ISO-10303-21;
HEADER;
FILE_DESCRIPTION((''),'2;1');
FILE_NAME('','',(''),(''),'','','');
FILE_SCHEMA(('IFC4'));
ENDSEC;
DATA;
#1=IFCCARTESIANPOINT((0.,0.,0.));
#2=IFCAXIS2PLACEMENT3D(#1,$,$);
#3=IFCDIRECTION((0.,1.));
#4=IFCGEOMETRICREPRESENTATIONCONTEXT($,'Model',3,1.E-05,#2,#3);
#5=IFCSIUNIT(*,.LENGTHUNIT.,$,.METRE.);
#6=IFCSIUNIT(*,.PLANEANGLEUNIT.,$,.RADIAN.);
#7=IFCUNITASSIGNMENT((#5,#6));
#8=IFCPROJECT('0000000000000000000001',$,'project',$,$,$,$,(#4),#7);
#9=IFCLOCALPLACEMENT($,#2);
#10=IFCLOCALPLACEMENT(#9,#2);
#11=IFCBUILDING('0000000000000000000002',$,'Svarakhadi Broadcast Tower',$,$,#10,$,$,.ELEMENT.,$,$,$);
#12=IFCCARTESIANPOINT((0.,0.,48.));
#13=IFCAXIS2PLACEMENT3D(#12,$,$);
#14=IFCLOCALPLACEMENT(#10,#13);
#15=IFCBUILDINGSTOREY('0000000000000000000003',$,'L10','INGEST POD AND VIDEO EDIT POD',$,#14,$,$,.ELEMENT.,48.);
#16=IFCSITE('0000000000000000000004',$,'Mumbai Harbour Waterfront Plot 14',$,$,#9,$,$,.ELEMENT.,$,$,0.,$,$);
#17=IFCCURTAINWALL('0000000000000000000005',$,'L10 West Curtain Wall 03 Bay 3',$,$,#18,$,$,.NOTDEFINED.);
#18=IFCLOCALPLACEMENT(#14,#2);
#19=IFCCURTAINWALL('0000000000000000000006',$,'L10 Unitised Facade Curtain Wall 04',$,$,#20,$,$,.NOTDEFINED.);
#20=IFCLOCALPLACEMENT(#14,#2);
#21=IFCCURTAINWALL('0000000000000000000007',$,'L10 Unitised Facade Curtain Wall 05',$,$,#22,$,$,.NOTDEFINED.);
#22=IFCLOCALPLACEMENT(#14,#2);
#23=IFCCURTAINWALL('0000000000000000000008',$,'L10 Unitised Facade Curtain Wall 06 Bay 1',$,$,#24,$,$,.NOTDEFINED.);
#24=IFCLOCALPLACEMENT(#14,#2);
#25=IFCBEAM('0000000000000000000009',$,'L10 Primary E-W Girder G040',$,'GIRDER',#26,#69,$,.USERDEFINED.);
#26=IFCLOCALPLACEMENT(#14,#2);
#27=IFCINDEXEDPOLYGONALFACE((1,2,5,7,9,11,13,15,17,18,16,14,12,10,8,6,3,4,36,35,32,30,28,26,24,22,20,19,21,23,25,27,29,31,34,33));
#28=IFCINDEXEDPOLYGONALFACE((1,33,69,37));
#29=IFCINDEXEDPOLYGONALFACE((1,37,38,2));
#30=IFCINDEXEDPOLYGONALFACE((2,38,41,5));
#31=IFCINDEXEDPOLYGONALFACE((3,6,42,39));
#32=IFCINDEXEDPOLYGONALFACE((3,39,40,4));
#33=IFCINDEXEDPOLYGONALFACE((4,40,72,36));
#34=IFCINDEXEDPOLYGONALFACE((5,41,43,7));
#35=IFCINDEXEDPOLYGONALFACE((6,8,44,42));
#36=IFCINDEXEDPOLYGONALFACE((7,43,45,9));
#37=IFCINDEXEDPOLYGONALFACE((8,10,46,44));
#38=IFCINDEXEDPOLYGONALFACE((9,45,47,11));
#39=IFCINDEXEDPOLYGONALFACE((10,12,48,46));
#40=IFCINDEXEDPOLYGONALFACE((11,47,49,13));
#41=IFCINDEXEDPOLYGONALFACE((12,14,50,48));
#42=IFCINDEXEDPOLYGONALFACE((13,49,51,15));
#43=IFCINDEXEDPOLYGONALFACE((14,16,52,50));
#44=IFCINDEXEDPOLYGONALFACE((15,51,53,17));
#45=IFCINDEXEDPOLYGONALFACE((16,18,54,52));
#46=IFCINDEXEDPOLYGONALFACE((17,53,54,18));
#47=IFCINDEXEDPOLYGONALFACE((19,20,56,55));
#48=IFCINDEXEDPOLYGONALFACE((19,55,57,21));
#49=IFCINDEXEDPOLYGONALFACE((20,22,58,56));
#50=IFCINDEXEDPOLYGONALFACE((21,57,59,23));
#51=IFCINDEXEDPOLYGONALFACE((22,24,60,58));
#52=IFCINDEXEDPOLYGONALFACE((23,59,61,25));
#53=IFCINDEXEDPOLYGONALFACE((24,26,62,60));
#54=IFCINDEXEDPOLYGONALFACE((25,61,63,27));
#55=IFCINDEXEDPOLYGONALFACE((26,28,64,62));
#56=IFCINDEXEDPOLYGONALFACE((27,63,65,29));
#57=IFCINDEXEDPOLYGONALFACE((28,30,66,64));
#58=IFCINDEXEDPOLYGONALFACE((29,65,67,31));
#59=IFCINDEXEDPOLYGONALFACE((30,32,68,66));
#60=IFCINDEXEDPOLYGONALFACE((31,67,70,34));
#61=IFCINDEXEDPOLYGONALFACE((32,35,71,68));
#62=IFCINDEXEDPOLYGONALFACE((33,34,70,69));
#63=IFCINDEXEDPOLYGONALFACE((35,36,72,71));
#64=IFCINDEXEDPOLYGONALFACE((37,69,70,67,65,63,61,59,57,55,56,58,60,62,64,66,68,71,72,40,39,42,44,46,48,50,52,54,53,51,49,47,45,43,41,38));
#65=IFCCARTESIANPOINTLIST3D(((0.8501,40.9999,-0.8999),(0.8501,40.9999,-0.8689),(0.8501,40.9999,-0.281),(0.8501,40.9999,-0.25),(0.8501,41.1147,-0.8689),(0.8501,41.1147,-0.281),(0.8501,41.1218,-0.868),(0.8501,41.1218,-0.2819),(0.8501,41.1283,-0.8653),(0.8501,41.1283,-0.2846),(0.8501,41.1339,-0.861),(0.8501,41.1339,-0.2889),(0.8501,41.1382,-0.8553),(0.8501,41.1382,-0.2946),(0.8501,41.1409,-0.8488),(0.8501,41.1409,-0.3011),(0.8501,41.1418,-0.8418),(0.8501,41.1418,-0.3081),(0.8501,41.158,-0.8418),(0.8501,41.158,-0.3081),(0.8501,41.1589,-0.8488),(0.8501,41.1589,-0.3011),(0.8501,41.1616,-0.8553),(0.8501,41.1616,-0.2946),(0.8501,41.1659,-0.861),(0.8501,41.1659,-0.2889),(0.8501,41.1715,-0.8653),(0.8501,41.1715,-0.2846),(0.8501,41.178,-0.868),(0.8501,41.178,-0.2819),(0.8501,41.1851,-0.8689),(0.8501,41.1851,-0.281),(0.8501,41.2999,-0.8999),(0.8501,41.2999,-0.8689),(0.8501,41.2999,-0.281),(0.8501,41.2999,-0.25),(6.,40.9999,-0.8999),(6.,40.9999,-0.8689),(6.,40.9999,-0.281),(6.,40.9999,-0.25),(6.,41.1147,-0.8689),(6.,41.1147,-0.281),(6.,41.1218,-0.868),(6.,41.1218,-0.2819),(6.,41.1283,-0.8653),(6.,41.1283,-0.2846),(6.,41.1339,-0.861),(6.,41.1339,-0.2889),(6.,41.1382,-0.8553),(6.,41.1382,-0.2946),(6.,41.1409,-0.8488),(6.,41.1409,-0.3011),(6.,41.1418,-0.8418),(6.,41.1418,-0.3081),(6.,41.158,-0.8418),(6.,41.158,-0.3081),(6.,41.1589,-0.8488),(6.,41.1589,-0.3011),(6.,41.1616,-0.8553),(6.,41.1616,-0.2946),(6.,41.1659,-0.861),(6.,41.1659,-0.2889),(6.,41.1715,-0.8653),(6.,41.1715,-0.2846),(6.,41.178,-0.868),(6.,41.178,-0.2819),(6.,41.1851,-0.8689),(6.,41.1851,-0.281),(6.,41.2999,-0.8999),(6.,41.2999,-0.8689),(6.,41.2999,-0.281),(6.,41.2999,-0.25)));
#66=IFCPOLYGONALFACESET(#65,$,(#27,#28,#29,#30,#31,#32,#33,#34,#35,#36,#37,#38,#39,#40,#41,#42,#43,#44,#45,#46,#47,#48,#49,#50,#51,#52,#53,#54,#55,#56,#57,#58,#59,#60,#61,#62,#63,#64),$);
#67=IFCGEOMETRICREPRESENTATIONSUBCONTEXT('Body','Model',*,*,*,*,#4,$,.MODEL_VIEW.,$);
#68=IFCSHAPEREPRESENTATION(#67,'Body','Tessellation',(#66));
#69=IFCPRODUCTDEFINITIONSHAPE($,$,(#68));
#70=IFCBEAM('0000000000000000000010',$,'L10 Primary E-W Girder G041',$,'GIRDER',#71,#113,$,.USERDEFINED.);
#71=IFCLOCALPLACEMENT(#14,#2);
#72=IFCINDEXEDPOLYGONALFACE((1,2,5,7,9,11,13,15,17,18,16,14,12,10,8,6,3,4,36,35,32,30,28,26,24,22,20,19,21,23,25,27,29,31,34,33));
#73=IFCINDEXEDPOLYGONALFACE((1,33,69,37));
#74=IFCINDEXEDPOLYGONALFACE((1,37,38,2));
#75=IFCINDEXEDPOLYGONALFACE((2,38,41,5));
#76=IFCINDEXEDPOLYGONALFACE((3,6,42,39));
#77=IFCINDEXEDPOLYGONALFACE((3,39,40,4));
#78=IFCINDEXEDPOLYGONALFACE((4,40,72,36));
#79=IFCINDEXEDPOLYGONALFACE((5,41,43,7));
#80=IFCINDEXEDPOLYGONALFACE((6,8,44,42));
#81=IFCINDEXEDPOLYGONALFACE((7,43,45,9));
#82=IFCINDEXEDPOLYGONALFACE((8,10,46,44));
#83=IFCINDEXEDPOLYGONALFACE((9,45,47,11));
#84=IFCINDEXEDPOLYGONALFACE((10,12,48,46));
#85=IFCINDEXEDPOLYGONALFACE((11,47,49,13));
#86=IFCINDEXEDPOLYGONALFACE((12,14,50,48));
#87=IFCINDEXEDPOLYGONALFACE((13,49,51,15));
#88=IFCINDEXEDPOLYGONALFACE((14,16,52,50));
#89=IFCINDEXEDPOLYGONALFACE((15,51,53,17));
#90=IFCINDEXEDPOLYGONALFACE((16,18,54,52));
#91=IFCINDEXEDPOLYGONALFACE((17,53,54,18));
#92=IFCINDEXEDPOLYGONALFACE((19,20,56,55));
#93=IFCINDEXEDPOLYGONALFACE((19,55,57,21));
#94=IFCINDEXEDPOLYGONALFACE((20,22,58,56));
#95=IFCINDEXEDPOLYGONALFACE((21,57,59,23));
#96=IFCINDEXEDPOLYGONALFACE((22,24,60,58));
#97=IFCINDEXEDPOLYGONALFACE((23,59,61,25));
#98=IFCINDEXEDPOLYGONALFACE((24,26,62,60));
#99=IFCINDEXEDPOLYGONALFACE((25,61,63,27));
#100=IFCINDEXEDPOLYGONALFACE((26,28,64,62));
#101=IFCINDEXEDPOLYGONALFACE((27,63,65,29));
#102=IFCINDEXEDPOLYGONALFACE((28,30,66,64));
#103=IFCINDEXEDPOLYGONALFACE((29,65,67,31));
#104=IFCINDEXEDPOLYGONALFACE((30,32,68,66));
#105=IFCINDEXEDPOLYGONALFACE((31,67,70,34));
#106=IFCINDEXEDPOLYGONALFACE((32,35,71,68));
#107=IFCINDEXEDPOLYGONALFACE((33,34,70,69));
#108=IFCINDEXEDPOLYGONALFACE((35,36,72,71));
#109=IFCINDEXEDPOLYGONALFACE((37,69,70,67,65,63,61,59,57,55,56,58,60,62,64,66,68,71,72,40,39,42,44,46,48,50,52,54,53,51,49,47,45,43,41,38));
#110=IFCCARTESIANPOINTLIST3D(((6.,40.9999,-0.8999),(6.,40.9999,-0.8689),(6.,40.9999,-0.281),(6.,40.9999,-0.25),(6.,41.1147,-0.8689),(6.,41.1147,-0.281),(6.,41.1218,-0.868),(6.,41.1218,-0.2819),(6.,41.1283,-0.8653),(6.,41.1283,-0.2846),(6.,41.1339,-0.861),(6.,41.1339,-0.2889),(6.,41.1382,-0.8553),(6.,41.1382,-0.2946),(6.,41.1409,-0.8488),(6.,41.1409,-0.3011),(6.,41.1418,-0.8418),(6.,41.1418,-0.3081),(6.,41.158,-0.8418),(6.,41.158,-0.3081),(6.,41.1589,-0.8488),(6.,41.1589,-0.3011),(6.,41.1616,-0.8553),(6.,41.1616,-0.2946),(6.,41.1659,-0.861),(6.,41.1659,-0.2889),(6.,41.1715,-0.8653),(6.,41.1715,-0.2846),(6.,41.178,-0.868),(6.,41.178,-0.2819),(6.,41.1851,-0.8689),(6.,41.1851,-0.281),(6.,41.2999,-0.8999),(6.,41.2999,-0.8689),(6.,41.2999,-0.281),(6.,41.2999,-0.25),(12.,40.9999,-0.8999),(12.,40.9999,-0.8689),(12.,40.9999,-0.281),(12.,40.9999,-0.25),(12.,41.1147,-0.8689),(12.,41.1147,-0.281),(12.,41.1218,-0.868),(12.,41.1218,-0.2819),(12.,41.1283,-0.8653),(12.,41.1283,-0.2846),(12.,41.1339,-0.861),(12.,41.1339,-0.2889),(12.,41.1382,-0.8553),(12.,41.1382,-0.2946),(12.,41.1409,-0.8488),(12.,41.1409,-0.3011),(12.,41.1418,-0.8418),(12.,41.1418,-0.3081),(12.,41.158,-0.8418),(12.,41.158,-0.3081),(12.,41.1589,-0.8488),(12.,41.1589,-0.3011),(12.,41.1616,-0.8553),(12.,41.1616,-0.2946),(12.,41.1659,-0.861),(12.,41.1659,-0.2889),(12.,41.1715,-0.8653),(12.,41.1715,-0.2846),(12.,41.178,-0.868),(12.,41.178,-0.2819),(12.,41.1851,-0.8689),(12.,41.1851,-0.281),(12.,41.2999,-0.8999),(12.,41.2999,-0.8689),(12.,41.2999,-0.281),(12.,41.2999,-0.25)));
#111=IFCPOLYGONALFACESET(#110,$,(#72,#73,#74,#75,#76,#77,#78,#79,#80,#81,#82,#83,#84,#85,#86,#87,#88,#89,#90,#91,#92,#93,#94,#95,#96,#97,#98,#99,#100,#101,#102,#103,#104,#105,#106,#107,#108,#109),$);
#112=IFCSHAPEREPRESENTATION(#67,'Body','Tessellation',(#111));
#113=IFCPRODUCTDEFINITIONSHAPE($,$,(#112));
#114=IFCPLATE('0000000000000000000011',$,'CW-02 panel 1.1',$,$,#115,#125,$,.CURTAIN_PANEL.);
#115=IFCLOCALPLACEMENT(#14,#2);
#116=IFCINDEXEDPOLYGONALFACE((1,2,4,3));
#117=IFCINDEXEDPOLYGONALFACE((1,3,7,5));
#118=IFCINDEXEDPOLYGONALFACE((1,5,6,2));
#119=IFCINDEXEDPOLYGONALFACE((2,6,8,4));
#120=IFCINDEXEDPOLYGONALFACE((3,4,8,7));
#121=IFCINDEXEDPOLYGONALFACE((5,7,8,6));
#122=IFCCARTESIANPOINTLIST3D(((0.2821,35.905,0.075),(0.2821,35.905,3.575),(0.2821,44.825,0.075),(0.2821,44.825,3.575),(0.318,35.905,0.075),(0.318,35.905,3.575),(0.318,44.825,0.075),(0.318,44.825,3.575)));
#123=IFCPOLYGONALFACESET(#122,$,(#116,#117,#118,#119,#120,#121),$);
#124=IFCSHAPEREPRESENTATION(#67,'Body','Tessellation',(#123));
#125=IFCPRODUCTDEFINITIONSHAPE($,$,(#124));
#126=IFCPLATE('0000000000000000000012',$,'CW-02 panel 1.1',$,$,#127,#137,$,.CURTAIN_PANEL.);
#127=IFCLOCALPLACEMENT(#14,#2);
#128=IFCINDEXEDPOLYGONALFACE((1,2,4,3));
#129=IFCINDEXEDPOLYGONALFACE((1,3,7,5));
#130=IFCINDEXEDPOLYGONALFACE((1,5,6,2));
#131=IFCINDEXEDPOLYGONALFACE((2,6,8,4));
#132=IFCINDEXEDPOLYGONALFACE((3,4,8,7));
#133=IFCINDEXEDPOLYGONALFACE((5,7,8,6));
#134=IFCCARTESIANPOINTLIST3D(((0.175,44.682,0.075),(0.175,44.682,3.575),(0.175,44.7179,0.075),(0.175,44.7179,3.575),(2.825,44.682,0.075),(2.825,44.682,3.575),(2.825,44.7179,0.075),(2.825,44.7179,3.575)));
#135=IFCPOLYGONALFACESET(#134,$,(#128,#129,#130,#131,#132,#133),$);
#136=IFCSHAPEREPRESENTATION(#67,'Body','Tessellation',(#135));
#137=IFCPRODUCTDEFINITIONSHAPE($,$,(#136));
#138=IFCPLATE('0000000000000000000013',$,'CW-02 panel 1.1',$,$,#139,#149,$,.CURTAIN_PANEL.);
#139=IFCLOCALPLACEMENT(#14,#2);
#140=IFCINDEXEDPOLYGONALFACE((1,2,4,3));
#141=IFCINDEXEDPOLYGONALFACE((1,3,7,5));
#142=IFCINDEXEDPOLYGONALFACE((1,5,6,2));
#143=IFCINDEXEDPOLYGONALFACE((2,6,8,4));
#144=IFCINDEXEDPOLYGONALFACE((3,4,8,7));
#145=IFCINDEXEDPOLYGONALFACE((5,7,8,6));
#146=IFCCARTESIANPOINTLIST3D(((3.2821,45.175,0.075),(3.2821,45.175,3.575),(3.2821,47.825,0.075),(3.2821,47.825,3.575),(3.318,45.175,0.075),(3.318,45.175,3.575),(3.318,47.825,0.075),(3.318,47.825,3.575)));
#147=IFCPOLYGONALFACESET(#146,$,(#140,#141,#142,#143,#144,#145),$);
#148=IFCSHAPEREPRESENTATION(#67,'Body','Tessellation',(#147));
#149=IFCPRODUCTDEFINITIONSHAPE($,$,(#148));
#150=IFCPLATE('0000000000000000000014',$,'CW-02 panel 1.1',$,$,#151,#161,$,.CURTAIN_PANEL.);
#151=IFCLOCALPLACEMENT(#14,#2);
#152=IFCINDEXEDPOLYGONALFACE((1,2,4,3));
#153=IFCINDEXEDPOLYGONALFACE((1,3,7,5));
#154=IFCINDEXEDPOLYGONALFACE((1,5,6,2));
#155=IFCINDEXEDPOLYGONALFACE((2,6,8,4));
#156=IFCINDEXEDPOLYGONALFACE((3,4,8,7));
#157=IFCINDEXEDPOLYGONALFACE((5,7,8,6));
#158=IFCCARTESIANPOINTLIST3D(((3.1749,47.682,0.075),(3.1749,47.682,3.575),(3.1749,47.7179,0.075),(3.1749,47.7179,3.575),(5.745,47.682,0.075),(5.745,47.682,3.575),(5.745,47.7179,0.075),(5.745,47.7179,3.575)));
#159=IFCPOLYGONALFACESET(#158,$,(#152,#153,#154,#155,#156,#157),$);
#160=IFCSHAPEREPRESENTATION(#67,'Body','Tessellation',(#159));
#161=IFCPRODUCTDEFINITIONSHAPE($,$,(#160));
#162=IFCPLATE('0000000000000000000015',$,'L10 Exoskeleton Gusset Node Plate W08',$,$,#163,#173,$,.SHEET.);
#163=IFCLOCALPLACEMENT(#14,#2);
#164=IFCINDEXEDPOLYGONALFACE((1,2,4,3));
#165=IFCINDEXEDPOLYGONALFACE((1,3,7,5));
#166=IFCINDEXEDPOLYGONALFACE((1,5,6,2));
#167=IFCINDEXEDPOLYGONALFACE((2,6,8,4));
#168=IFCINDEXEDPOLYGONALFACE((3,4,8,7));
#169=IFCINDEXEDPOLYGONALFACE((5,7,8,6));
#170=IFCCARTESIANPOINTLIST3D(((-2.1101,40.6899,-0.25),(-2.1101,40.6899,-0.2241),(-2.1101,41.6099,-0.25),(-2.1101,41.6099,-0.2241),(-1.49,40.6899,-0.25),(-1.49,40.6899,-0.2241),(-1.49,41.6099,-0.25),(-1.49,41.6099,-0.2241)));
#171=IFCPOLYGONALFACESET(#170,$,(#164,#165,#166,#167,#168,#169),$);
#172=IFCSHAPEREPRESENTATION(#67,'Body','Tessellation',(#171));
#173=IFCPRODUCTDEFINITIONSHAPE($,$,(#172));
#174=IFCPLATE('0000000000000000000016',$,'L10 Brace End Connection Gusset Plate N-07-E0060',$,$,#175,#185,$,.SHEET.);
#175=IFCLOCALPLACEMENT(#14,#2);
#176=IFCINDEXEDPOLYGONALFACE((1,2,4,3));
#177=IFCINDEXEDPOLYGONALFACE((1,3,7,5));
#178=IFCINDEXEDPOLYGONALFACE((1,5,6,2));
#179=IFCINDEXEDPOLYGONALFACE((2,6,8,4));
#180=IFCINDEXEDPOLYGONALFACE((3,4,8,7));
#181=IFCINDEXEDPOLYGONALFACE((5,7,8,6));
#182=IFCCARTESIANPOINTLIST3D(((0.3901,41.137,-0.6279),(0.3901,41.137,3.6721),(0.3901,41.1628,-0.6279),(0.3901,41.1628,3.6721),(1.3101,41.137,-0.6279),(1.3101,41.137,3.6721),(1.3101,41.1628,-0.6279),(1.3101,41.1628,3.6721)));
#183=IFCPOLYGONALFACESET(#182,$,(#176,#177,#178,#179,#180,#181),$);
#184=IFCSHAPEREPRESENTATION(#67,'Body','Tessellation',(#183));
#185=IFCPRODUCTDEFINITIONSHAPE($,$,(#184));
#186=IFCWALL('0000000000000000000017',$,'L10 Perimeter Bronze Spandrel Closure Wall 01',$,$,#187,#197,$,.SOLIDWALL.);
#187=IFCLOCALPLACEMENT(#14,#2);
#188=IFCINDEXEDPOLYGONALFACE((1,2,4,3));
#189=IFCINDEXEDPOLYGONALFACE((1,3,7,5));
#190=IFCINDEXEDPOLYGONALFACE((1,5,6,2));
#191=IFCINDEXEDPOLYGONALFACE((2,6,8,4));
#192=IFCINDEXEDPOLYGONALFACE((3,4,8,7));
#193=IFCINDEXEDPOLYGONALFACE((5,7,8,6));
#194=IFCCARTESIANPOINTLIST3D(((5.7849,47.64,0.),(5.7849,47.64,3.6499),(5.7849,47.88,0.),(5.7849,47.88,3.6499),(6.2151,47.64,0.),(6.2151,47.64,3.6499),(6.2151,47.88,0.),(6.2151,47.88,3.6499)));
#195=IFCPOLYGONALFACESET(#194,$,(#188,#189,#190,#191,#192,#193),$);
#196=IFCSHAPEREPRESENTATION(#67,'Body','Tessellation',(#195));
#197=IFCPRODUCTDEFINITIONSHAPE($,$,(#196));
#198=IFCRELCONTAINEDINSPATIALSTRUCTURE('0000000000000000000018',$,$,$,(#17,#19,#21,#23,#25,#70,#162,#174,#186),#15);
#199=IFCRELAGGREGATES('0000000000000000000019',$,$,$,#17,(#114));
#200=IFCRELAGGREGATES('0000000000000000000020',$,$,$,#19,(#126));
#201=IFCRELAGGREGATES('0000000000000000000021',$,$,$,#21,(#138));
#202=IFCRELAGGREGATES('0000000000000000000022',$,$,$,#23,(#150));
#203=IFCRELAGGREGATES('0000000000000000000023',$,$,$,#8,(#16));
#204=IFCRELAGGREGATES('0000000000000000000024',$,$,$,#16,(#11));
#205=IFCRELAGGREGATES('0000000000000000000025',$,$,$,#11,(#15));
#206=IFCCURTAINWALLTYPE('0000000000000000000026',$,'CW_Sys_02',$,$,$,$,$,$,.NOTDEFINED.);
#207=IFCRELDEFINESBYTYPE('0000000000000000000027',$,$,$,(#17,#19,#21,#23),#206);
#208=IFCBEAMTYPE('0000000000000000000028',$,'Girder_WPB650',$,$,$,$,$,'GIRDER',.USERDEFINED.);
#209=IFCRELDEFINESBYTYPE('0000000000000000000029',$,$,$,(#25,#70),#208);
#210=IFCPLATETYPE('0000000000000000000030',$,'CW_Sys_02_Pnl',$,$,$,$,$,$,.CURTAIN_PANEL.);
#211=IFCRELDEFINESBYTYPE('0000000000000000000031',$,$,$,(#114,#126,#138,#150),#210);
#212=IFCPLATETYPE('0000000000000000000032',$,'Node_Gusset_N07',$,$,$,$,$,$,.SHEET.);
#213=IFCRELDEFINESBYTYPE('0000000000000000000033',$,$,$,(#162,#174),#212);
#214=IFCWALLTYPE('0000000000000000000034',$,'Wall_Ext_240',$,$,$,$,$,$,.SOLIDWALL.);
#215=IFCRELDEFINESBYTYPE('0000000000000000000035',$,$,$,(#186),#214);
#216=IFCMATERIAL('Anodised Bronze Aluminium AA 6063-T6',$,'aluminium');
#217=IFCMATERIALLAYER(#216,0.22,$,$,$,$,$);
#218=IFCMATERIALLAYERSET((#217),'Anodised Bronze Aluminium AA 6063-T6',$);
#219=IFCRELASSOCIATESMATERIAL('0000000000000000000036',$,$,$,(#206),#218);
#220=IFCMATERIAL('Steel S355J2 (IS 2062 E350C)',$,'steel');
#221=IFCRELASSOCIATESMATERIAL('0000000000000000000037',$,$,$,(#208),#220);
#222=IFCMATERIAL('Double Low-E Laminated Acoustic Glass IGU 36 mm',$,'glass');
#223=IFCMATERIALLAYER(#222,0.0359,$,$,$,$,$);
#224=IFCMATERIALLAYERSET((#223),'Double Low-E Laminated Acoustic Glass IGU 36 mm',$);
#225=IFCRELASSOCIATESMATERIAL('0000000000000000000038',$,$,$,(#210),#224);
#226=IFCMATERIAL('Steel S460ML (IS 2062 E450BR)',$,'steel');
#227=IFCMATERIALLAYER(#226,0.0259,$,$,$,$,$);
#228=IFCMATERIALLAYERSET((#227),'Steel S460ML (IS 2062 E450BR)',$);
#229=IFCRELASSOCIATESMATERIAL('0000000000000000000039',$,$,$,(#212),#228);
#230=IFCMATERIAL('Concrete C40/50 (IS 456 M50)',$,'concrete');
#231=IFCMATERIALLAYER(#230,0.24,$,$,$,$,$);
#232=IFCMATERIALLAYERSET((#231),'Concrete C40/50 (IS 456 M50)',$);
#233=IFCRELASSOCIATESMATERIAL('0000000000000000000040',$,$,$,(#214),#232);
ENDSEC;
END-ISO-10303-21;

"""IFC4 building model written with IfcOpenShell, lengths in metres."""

from ifc_helpers import new_model, si_unit, direction, frame, frame_2d, origin, origin_2d, place, context, subcontext, project, spatial, rectangle, i_section, extrude, material, layer, layer_set, material_profile, profile_set, type_object, element, aggregate, save


model = new_model("IFC4")

# Units and contexts
model_context = context("Model", 3, precision=1e-05, world=origin(), true_north=direction((0.0, 1.0)))
body_context = subcontext(model_context, "Body", "Model", "MODEL_VIEW")
ifc_project = project(units=[si_unit("LENGTHUNIT", "METRE"), si_unit("PLANEANGLEUNIT", "RADIAN")], contexts=[model_context])

# Site, building, storey
site_placement = place(None, origin())
site = spatial("IfcSite", under=ifc_project, at=site_placement, Name="Mumbai Harbour Waterfront Plot 14", CompositionType="ELEMENT", RefElevation=0.0)
building_placement = place(site_placement, origin())
building = spatial("IfcBuilding", under=site, at=building_placement, Name="Svarakhadi Broadcast Tower", CompositionType="ELEMENT")
storey_placement = place(building_placement, frame((0.0, 0.0, 48.0)))
storey = spatial("IfcBuildingStorey", under=building, at=storey_placement, Name="L10", Description="INGEST POD AND VIDEO EDIT POD", CompositionType="ELEMENT", Elevation=48.0)

# Shared definitions
ifc_material_1 = material(Name="Steel S460ML (IS 2062 E450BR)", Category="steel")

# Shared definitions
ifc_material_2 = material(Name="Steel S355J2 (IS 2062 E350C)", Category="steel")

# Curtain walls
ifc_material_3 = material(Name="Anodised Bronze Aluminium AA 6063-T6", Category="aluminium")
ifc_layer_1 = layer(ifc_material_3, 0.22)
ifc_layer_set_1 = layer_set([ifc_layer_1], Name="Anodised Bronze Aluminium AA 6063-T6")
curtain_wall_type = type_object("IfcCurtainWallType", Name="CW_Sys_02", PredefinedType="NOTDEFINED", material=ifc_layer_set_1)
curtain_wall_1_placement = place(storey_placement, origin())
curtain_wall_1 = element("IfcCurtainWall", 1, at=curtain_wall_1_placement, inside=storey, type_object=curtain_wall_type, Name="L10 West Curtain Wall 03 Bay 3", PredefinedType="NOTDEFINED")
curtain_wall_2_placement = place(storey_placement, origin())
curtain_wall_2 = element("IfcCurtainWall", 2, at=curtain_wall_2_placement, inside=storey, type_object=curtain_wall_type, Name="L10 Unitised Facade Curtain Wall 04", PredefinedType="NOTDEFINED")
curtain_wall_3_placement = place(storey_placement, origin())
curtain_wall_3 = element("IfcCurtainWall", 3, at=curtain_wall_3_placement, inside=storey, type_object=curtain_wall_type, Name="L10 Unitised Facade Curtain Wall 05", PredefinedType="NOTDEFINED")
curtain_wall_4_placement = place(storey_placement, origin())
curtain_wall_4 = element("IfcCurtainWall", 4, at=curtain_wall_4_placement, inside=storey, type_object=curtain_wall_type, Name="L10 Unitised Facade Curtain Wall 06 Bay 1", PredefinedType="NOTDEFINED")

# Beams
ifc_material_profile_1 = material_profile(ifc_material_2, i_section(OverallWidth=0.3, OverallDepth=0.6499, WebThickness=0.0161, FlangeThickness=0.031, FilletRadius=0.0271, at=origin_2d()), Name="WPB 650x300x225")
ifc_profile_set_1 = profile_set([ifc_material_profile_1], Name="Steel S355J2 (IS 2062 E350C)")
beam_type_1 = type_object("IfcBeamType", Name="Girder_WPB650", ElementType="GIRDER", PredefinedType="USERDEFINED", material=ifc_profile_set_1)
beam_1_placement = place(storey_placement, frame((0.8501, 41.1499, -0.575), z_axis=(1.0, 0.0, 0.0), x_axis=(0.0, 1.0, 0.0)))
element("IfcBeam", 5, at=beam_1_placement, inside=storey, type_object=beam_type_1, Name="L10 Primary E-W Girder G040", ObjectType="GIRDER", PredefinedType="USERDEFINED", context=body_context, shape_type="SweptSolid", body=[
    extrude(i_section(OverallWidth=0.3, OverallDepth=0.6499, WebThickness=0.0161, FlangeThickness=0.031, FilletRadius=0.0271, at=origin_2d()), origin(), (0.0, 0.0, 1.0), 5.1499),
])
beam_2_placement = place(storey_placement, frame((6.0, 41.1499, -0.575), z_axis=(1.0, 0.0, 0.0), x_axis=(0.0, 1.0, 0.0)))
element("IfcBeam", 6, at=beam_2_placement, inside=storey, type_object=beam_type_1, Name="L10 Primary E-W Girder G041", ObjectType="GIRDER", PredefinedType="USERDEFINED", context=body_context, shape_type="SweptSolid", body=[
    extrude(i_section(OverallWidth=0.3, OverallDepth=0.6499, WebThickness=0.0161, FlangeThickness=0.031, FilletRadius=0.0271, at=origin_2d()), origin(), (0.0, 0.0, 1.0), 6.0),
])

# Plates
ifc_material_4 = material(Name="Double Low-E Laminated Acoustic Glass IGU 36 mm", Category="glass")
ifc_layer_2 = layer(ifc_material_4, 0.0359)
ifc_layer_set_2 = layer_set([ifc_layer_2], Name="Double Low-E Laminated Acoustic Glass IGU 36 mm")
plate_type_1 = type_object("IfcPlateType", Name="CW_Sys_02_Pnl", PredefinedType="CURTAIN_PANEL", material=ifc_layer_set_2)
plate_1_placement = place(storey_placement, frame((0.3, 40.365, 0.075), z_axis=(0.0, 0.0, 1.0), x_axis=(0.0, 1.0, 0.0)))
plate_1 = element("IfcPlate", 7, at=plate_1_placement, type_object=plate_type_1, Name="CW-02 panel 1.1", PredefinedType="CURTAIN_PANEL", context=body_context, shape_type="SweptSolid", body=[
    extrude(rectangle(XDim=8.9199, YDim=0.0359, at=origin_2d()), origin(), (0.0, 0.0, 1.0), 3.5),
])
aggregate(curtain_wall_1, [plate_1])
plate_2_placement = place(storey_placement, frame((1.5, 44.7, 0.075), z_axis=(0.0, 0.0, 1.0), x_axis=(1.0, 0.0, 0.0)))
plate_2 = element("IfcPlate", 8, at=plate_2_placement, type_object=plate_type_1, Name="CW-02 panel 1.1", PredefinedType="CURTAIN_PANEL", context=body_context, shape_type="SweptSolid", body=[
    extrude(rectangle(XDim=2.6499, YDim=0.0359, at=origin_2d()), origin(), (0.0, 0.0, 1.0), 3.5),
])
aggregate(curtain_wall_2, [plate_2])
plate_3_placement = place(storey_placement, frame((3.3, 46.5, 0.075), z_axis=(0.0, 0.0, 1.0), x_axis=(0.0, 1.0, 0.0)))
plate_3 = element("IfcPlate", 9, at=plate_3_placement, type_object=plate_type_1, Name="CW-02 panel 1.1", PredefinedType="CURTAIN_PANEL", context=body_context, shape_type="SweptSolid", body=[
    extrude(rectangle(XDim=2.6499, YDim=0.0359, at=origin_2d()), origin(), (0.0, 0.0, 1.0), 3.5),
])
aggregate(curtain_wall_3, [plate_3])
plate_4_placement = place(storey_placement, frame((4.46, 47.7, 0.075), z_axis=(0.0, 0.0, 1.0), x_axis=(1.0, 0.0, 0.0)))
plate_4 = element("IfcPlate", 10, at=plate_4_placement, type_object=plate_type_1, Name="CW-02 panel 1.1", PredefinedType="CURTAIN_PANEL", context=body_context, shape_type="SweptSolid", body=[
    extrude(rectangle(XDim=2.5701, YDim=0.0359, at=origin_2d()), origin(), (0.0, 0.0, 1.0), 3.5),
])
aggregate(curtain_wall_4, [plate_4])

# Plates
ifc_layer_3 = layer(ifc_material_1, 0.0259)
ifc_layer_set_3 = layer_set([ifc_layer_3], Name="Steel S460ML (IS 2062 E450BR)")
plate_type_2 = type_object("IfcPlateType", Name="Node_Gusset_N07", PredefinedType="SHEET", material=ifc_layer_set_3)
plate_5_placement = place(storey_placement, frame((-1.8, 41.1499, -0.25), z_axis=(0.0, 0.0, 1.0), x_axis=(0.0, 1.0, 0.0)))
element("IfcPlate", 11, at=plate_5_placement, inside=storey, type_object=plate_type_2, Name="L10 Exoskeleton Gusset Node Plate W08", PredefinedType="SHEET", context=body_context, shape_type="SweptSolid", body=[
    extrude(rectangle(XDim=0.9199, YDim=0.6201, at=origin_2d()), origin(), (0.0, 0.0, 1.0), 0.0259),
])
plate_6_placement = place(storey_placement, frame((0.8501, 41.1499, -0.6279), z_axis=(0.0, 0.0, 1.0), x_axis=(1.0, 0.0, 0.0)))
element("IfcPlate", 12, at=plate_6_placement, inside=storey, type_object=plate_type_2, Name="L10 Brace End Connection Gusset Plate N-07-E0060", PredefinedType="SHEET", context=body_context, shape_type="SweptSolid", body=[
    extrude(rectangle(XDim=0.9199, YDim=0.0259, at=origin_2d()), origin(), (0.0, 0.0, 1.0), 4.3),
])

# Wall
ifc_material_5 = material(Name="Concrete C40/50 (IS 456 M50)", Category="concrete")
ifc_layer_4 = layer(ifc_material_5, 0.24)
ifc_layer_set_4 = layer_set([ifc_layer_4], Name="Concrete C40/50 (IS 456 M50)")
wall_type_1 = type_object("IfcWallType", Name="Wall_Ext_240", PredefinedType="SOLIDWALL", material=ifc_layer_set_4)
wall_1_placement = place(storey_placement, frame((5.7849, 47.76, 0.0), z_axis=(0.0, 0.0, 1.0), x_axis=(1.0, 0.0, 0.0)))
element("IfcWall", 13, at=wall_1_placement, inside=storey, type_object=wall_type_1, Name="L10 Perimeter Bronze Spandrel Closure Wall 01", PredefinedType="SOLIDWALL", context=body_context, shape_type="SweptSolid", body=[
    extrude(rectangle(XDim=0.4302, YDim=0.24, at=frame_2d((0.2151, 0.0))), origin(), (0.0, 0.0, 1.0), 3.6499),
])

save(model, "model.ifc")
